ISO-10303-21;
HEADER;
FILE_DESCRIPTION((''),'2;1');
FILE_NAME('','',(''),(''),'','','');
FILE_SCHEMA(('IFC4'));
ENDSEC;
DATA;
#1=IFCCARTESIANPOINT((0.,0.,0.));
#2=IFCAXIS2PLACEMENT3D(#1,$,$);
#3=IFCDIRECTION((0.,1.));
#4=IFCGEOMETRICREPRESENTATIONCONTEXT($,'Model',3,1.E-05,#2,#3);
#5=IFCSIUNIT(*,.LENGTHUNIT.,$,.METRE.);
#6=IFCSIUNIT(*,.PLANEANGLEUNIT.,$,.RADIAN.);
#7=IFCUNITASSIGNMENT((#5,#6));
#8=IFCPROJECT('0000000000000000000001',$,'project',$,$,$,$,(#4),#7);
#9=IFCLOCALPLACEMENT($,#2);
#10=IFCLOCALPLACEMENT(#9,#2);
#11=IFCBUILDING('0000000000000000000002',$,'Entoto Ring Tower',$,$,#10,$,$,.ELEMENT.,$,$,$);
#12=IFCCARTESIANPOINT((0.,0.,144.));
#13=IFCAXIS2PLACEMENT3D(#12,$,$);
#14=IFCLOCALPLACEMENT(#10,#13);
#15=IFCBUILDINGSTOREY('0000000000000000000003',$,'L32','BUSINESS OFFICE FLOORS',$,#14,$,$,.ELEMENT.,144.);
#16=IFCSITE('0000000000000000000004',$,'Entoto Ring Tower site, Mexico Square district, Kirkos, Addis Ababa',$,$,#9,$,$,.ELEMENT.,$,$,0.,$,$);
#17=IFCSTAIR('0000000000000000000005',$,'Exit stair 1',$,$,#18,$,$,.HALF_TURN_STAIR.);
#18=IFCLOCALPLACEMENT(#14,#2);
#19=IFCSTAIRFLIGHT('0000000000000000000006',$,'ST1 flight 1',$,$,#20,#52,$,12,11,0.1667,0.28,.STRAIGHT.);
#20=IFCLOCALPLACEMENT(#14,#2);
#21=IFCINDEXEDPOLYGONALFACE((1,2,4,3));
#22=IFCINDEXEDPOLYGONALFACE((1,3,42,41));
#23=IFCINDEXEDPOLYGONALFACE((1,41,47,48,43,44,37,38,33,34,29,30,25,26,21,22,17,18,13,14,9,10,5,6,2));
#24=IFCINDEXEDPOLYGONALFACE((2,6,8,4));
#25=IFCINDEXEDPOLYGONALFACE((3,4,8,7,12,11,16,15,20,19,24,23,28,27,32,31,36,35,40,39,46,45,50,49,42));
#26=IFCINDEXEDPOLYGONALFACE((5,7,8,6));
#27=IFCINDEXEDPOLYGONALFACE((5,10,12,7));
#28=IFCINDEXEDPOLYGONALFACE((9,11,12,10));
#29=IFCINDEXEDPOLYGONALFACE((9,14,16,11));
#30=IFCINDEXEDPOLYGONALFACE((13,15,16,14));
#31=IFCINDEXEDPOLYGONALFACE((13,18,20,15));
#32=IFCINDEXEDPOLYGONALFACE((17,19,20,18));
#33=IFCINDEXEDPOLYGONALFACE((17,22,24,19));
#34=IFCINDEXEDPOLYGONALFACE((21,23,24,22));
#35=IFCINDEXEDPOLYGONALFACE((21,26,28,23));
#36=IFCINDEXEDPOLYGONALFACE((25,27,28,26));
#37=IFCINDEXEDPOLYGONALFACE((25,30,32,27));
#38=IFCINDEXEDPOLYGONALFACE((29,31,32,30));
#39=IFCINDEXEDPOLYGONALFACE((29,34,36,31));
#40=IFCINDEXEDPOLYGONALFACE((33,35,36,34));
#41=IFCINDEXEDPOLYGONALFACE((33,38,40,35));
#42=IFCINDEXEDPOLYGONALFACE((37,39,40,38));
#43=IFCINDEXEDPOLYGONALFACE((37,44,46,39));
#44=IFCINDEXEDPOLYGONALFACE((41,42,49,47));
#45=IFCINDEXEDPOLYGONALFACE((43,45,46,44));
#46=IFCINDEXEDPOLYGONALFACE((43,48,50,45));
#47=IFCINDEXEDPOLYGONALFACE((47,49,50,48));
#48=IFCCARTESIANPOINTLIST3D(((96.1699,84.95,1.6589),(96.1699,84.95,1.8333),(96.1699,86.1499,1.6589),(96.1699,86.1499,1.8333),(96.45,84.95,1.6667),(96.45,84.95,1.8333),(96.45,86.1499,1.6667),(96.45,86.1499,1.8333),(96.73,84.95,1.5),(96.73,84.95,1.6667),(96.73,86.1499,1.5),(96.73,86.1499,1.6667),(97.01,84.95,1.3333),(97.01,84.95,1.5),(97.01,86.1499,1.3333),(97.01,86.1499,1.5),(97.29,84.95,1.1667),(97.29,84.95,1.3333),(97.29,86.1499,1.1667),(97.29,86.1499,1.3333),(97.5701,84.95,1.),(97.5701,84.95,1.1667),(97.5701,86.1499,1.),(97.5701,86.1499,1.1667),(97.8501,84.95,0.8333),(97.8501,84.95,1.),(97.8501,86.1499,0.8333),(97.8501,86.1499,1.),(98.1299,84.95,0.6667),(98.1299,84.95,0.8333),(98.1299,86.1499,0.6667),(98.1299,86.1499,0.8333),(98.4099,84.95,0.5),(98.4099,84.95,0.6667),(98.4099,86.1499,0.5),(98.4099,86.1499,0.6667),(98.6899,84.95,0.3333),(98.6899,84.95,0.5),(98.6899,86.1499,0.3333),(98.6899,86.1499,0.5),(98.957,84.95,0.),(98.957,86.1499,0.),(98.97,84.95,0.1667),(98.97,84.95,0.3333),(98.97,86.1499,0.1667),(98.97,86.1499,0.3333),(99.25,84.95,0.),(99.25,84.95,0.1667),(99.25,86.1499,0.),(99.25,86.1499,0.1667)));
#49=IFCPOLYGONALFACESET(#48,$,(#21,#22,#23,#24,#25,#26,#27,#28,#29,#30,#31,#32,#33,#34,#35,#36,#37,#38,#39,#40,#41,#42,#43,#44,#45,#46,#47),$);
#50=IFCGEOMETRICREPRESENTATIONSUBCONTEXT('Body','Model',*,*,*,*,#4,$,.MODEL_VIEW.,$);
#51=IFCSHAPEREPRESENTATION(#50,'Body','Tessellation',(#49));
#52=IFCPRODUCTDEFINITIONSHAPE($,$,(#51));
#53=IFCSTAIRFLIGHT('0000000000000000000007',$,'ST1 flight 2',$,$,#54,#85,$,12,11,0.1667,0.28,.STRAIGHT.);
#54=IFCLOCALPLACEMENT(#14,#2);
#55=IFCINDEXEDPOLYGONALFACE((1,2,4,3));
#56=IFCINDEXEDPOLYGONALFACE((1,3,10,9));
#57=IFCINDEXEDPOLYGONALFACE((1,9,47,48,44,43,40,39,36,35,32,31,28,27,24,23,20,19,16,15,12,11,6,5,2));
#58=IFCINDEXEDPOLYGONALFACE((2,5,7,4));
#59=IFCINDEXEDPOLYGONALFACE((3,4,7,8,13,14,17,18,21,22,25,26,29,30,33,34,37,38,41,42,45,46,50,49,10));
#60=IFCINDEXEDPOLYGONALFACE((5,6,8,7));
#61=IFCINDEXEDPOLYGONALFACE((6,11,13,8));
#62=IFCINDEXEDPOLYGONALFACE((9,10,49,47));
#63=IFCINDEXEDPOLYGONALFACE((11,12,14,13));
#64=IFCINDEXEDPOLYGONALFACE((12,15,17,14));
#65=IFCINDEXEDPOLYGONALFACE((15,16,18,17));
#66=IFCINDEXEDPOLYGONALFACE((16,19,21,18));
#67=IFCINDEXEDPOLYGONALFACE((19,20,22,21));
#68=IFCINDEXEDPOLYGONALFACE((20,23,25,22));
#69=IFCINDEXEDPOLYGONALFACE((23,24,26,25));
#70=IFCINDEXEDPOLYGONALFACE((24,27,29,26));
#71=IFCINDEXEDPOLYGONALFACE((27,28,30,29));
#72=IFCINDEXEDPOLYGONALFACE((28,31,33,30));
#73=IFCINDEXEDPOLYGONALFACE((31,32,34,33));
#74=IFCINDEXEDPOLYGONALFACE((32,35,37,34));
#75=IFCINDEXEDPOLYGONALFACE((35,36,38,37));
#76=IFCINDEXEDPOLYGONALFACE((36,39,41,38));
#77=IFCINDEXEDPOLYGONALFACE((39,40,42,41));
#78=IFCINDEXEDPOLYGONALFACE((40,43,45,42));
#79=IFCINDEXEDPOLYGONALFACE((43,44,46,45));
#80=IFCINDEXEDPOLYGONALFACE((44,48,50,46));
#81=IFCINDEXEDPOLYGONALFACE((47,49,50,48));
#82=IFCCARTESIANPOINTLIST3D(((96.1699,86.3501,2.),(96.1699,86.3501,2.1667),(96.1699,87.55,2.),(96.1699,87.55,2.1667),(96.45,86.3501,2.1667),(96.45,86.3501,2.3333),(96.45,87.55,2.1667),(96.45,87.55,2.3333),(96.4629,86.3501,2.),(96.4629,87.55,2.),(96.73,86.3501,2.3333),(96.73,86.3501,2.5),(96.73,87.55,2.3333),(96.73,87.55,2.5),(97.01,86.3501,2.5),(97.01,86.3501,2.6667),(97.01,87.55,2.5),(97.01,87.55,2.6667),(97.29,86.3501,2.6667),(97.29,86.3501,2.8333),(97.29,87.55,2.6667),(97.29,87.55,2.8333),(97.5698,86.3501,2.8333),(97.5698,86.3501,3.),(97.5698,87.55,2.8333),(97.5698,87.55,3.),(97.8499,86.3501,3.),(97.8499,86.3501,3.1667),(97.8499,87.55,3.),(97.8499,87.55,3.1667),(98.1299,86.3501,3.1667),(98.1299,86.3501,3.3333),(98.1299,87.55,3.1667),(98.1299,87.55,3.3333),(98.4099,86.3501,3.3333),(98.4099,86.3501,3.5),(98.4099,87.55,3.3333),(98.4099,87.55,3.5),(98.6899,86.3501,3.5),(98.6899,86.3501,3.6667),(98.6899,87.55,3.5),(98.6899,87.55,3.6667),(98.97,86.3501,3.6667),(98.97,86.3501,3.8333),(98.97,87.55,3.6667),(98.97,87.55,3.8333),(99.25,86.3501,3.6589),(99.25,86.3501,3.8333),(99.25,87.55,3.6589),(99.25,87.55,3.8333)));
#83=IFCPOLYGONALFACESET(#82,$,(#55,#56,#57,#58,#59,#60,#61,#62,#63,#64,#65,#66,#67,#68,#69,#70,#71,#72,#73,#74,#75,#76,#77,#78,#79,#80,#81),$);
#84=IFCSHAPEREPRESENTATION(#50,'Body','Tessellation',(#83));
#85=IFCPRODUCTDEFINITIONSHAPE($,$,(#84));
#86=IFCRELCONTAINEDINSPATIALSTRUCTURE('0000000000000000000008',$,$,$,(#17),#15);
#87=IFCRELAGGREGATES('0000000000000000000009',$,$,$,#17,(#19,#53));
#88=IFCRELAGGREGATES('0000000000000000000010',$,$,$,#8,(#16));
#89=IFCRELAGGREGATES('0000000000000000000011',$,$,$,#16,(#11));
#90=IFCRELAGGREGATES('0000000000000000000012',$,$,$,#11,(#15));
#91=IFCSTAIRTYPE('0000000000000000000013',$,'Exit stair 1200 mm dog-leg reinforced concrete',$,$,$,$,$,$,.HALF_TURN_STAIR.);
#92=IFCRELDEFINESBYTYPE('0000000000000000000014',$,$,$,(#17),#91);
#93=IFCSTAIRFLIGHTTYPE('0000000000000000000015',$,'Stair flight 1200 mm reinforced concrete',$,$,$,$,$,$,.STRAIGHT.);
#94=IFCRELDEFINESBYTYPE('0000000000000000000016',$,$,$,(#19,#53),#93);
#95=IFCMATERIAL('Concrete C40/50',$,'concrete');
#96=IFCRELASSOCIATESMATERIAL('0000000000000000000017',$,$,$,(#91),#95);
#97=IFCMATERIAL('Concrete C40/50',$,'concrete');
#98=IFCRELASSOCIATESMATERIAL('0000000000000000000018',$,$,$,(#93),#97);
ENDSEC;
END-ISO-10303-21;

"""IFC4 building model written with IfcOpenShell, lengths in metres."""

from ifc_helpers import new_model, si_unit, direction, frame, origin, place, context, subcontext, project, spatial, polyline, outline, extrude, material, type_object, element, aggregate, save


model = new_model("IFC4")

# Units and contexts
model_context = context("Model", 3, precision=1e-05, world=origin(), true_north=direction((0.0, 1.0)))
body_context = subcontext(model_context, "Body", "Model", "MODEL_VIEW")
ifc_project = project(units=[si_unit("LENGTHUNIT", "METRE"), si_unit("PLANEANGLEUNIT", "RADIAN")], contexts=[model_context])

# Site, building, storey
site_placement = place(None, origin())
site = spatial("IfcSite", under=ifc_project, at=site_placement, Name="Entoto Ring Tower site, Mexico Square district, Kirkos, Addis Ababa", CompositionType="ELEMENT", RefElevation=0.0)
building_placement = place(site_placement, origin())
building = spatial("IfcBuilding", under=site, at=building_placement, Name="Entoto Ring Tower", CompositionType="ELEMENT")
storey_placement = place(building_placement, frame((0.0, 0.0, 144.0)))
storey = spatial("IfcBuildingStorey", under=building, at=storey_placement, Name="L32", Description="BUSINESS OFFICE FLOORS", CompositionType="ELEMENT", Elevation=144.0)

# Stair, stair flights
ifc_material_1 = material(Name="Concrete C40/50", Category="concrete")
stair_type = type_object("IfcStairType", Name="Exit stair 1200 mm dog-leg reinforced concrete", PredefinedType="HALF_TURN_STAIR", material=ifc_material_1)
stair_placement = place(storey_placement, origin())
stair = element("IfcStair", 1, at=stair_placement, inside=storey, type_object=stair_type, Name="Exit stair 1", PredefinedType="HALF_TURN_STAIR")
ifc_material_2 = material(Name="Concrete C40/50", Category="concrete")
stair_flight_type = type_object("IfcStairFlightType", Name="Stair flight 1200 mm reinforced concrete", PredefinedType="STRAIGHT", material=ifc_material_2)
stair_flight_1_placement = place(storey_placement, frame((99.25, 85.55, 0.0), z_axis=(0.0, 0.0, 1.0), x_axis=(-1.0, 0.0, 0.0)))
stair_flight_1 = element("IfcStairFlight", 2, at=stair_flight_1_placement, type_object=stair_flight_type, Name="ST1 flight 1", NumberOfRisers=12, NumberOfTreads=11, PredefinedType="STRAIGHT", RiserHeight=0.1667, TreadLength=0.28, context=body_context, shape_type="SweptSolid", body=[
    extrude(outline(polyline([(0.0, 0.0), (0.0, 0.1667), (0.28, 0.1667), (0.28, 0.3333), (0.5601, 0.3333), (0.5601, 0.5), (0.8401, 0.5), (0.8401, 0.6667), (1.1201, 0.6667), (1.1201, 0.8333), (1.3999, 0.8333), (1.3999, 1.0), (1.6799, 1.0), (1.6799, 1.1667), (1.96, 1.1667), (1.96, 1.3333), (2.24, 1.3333), (2.24, 1.5), (2.52, 1.5), (2.52, 1.6667), (2.8, 1.6667), (2.8, 1.8333), (3.0801, 1.8333), (3.0801, 2.0), (3.0801, 1.6589), (0.293, 0.0), (0.0, 0.0)])), frame((0.0, 0.6001, 0.0), z_axis=(0.0, -1.0, 0.0), x_axis=(1.0, 0.0, 0.0)), (0.0, 0.0, 1.0), 1.2),
])
stair_flight_2_placement = place(storey_placement, frame((96.1699, 86.95, 2.0), z_axis=(0.0, 0.0, 1.0), x_axis=(1.0, 0.0, 0.0)))
stair_flight_2 = element("IfcStairFlight", 3, at=stair_flight_2_placement, type_object=stair_flight_type, Name="ST1 flight 2", NumberOfRisers=12, NumberOfTreads=11, PredefinedType="STRAIGHT", RiserHeight=0.1667, TreadLength=0.28, context=body_context, shape_type="SweptSolid", body=[
    extrude(outline(polyline([(0.0, 0.0), (0.0, 0.1667), (0.28, 0.1667), (0.28, 0.3333), (0.5601, 0.3333), (0.5601, 0.5), (0.8401, 0.5), (0.8401, 0.6667), (1.1201, 0.6667), (1.1201, 0.8333), (1.3999, 0.8333), (1.3999, 1.0), (1.6799, 1.0), (1.6799, 1.1667), (1.96, 1.1667), (1.96, 1.3333), (2.24, 1.3333), (2.24, 1.5), (2.52, 1.5), (2.52, 1.6667), (2.8, 1.6667), (2.8, 1.8333), (3.0801, 1.8333), (3.0801, 2.0), (3.0801, 1.6589), (0.293, 0.0), (0.0, 0.0)])), frame((0.0, 0.6001, 0.0), z_axis=(0.0, -1.0, 0.0), x_axis=(1.0, 0.0, 0.0)), (0.0, 0.0, 1.0), 1.2),
])
aggregate(stair, [stair_flight_1, stair_flight_2])

save(model, "model.ifc")
